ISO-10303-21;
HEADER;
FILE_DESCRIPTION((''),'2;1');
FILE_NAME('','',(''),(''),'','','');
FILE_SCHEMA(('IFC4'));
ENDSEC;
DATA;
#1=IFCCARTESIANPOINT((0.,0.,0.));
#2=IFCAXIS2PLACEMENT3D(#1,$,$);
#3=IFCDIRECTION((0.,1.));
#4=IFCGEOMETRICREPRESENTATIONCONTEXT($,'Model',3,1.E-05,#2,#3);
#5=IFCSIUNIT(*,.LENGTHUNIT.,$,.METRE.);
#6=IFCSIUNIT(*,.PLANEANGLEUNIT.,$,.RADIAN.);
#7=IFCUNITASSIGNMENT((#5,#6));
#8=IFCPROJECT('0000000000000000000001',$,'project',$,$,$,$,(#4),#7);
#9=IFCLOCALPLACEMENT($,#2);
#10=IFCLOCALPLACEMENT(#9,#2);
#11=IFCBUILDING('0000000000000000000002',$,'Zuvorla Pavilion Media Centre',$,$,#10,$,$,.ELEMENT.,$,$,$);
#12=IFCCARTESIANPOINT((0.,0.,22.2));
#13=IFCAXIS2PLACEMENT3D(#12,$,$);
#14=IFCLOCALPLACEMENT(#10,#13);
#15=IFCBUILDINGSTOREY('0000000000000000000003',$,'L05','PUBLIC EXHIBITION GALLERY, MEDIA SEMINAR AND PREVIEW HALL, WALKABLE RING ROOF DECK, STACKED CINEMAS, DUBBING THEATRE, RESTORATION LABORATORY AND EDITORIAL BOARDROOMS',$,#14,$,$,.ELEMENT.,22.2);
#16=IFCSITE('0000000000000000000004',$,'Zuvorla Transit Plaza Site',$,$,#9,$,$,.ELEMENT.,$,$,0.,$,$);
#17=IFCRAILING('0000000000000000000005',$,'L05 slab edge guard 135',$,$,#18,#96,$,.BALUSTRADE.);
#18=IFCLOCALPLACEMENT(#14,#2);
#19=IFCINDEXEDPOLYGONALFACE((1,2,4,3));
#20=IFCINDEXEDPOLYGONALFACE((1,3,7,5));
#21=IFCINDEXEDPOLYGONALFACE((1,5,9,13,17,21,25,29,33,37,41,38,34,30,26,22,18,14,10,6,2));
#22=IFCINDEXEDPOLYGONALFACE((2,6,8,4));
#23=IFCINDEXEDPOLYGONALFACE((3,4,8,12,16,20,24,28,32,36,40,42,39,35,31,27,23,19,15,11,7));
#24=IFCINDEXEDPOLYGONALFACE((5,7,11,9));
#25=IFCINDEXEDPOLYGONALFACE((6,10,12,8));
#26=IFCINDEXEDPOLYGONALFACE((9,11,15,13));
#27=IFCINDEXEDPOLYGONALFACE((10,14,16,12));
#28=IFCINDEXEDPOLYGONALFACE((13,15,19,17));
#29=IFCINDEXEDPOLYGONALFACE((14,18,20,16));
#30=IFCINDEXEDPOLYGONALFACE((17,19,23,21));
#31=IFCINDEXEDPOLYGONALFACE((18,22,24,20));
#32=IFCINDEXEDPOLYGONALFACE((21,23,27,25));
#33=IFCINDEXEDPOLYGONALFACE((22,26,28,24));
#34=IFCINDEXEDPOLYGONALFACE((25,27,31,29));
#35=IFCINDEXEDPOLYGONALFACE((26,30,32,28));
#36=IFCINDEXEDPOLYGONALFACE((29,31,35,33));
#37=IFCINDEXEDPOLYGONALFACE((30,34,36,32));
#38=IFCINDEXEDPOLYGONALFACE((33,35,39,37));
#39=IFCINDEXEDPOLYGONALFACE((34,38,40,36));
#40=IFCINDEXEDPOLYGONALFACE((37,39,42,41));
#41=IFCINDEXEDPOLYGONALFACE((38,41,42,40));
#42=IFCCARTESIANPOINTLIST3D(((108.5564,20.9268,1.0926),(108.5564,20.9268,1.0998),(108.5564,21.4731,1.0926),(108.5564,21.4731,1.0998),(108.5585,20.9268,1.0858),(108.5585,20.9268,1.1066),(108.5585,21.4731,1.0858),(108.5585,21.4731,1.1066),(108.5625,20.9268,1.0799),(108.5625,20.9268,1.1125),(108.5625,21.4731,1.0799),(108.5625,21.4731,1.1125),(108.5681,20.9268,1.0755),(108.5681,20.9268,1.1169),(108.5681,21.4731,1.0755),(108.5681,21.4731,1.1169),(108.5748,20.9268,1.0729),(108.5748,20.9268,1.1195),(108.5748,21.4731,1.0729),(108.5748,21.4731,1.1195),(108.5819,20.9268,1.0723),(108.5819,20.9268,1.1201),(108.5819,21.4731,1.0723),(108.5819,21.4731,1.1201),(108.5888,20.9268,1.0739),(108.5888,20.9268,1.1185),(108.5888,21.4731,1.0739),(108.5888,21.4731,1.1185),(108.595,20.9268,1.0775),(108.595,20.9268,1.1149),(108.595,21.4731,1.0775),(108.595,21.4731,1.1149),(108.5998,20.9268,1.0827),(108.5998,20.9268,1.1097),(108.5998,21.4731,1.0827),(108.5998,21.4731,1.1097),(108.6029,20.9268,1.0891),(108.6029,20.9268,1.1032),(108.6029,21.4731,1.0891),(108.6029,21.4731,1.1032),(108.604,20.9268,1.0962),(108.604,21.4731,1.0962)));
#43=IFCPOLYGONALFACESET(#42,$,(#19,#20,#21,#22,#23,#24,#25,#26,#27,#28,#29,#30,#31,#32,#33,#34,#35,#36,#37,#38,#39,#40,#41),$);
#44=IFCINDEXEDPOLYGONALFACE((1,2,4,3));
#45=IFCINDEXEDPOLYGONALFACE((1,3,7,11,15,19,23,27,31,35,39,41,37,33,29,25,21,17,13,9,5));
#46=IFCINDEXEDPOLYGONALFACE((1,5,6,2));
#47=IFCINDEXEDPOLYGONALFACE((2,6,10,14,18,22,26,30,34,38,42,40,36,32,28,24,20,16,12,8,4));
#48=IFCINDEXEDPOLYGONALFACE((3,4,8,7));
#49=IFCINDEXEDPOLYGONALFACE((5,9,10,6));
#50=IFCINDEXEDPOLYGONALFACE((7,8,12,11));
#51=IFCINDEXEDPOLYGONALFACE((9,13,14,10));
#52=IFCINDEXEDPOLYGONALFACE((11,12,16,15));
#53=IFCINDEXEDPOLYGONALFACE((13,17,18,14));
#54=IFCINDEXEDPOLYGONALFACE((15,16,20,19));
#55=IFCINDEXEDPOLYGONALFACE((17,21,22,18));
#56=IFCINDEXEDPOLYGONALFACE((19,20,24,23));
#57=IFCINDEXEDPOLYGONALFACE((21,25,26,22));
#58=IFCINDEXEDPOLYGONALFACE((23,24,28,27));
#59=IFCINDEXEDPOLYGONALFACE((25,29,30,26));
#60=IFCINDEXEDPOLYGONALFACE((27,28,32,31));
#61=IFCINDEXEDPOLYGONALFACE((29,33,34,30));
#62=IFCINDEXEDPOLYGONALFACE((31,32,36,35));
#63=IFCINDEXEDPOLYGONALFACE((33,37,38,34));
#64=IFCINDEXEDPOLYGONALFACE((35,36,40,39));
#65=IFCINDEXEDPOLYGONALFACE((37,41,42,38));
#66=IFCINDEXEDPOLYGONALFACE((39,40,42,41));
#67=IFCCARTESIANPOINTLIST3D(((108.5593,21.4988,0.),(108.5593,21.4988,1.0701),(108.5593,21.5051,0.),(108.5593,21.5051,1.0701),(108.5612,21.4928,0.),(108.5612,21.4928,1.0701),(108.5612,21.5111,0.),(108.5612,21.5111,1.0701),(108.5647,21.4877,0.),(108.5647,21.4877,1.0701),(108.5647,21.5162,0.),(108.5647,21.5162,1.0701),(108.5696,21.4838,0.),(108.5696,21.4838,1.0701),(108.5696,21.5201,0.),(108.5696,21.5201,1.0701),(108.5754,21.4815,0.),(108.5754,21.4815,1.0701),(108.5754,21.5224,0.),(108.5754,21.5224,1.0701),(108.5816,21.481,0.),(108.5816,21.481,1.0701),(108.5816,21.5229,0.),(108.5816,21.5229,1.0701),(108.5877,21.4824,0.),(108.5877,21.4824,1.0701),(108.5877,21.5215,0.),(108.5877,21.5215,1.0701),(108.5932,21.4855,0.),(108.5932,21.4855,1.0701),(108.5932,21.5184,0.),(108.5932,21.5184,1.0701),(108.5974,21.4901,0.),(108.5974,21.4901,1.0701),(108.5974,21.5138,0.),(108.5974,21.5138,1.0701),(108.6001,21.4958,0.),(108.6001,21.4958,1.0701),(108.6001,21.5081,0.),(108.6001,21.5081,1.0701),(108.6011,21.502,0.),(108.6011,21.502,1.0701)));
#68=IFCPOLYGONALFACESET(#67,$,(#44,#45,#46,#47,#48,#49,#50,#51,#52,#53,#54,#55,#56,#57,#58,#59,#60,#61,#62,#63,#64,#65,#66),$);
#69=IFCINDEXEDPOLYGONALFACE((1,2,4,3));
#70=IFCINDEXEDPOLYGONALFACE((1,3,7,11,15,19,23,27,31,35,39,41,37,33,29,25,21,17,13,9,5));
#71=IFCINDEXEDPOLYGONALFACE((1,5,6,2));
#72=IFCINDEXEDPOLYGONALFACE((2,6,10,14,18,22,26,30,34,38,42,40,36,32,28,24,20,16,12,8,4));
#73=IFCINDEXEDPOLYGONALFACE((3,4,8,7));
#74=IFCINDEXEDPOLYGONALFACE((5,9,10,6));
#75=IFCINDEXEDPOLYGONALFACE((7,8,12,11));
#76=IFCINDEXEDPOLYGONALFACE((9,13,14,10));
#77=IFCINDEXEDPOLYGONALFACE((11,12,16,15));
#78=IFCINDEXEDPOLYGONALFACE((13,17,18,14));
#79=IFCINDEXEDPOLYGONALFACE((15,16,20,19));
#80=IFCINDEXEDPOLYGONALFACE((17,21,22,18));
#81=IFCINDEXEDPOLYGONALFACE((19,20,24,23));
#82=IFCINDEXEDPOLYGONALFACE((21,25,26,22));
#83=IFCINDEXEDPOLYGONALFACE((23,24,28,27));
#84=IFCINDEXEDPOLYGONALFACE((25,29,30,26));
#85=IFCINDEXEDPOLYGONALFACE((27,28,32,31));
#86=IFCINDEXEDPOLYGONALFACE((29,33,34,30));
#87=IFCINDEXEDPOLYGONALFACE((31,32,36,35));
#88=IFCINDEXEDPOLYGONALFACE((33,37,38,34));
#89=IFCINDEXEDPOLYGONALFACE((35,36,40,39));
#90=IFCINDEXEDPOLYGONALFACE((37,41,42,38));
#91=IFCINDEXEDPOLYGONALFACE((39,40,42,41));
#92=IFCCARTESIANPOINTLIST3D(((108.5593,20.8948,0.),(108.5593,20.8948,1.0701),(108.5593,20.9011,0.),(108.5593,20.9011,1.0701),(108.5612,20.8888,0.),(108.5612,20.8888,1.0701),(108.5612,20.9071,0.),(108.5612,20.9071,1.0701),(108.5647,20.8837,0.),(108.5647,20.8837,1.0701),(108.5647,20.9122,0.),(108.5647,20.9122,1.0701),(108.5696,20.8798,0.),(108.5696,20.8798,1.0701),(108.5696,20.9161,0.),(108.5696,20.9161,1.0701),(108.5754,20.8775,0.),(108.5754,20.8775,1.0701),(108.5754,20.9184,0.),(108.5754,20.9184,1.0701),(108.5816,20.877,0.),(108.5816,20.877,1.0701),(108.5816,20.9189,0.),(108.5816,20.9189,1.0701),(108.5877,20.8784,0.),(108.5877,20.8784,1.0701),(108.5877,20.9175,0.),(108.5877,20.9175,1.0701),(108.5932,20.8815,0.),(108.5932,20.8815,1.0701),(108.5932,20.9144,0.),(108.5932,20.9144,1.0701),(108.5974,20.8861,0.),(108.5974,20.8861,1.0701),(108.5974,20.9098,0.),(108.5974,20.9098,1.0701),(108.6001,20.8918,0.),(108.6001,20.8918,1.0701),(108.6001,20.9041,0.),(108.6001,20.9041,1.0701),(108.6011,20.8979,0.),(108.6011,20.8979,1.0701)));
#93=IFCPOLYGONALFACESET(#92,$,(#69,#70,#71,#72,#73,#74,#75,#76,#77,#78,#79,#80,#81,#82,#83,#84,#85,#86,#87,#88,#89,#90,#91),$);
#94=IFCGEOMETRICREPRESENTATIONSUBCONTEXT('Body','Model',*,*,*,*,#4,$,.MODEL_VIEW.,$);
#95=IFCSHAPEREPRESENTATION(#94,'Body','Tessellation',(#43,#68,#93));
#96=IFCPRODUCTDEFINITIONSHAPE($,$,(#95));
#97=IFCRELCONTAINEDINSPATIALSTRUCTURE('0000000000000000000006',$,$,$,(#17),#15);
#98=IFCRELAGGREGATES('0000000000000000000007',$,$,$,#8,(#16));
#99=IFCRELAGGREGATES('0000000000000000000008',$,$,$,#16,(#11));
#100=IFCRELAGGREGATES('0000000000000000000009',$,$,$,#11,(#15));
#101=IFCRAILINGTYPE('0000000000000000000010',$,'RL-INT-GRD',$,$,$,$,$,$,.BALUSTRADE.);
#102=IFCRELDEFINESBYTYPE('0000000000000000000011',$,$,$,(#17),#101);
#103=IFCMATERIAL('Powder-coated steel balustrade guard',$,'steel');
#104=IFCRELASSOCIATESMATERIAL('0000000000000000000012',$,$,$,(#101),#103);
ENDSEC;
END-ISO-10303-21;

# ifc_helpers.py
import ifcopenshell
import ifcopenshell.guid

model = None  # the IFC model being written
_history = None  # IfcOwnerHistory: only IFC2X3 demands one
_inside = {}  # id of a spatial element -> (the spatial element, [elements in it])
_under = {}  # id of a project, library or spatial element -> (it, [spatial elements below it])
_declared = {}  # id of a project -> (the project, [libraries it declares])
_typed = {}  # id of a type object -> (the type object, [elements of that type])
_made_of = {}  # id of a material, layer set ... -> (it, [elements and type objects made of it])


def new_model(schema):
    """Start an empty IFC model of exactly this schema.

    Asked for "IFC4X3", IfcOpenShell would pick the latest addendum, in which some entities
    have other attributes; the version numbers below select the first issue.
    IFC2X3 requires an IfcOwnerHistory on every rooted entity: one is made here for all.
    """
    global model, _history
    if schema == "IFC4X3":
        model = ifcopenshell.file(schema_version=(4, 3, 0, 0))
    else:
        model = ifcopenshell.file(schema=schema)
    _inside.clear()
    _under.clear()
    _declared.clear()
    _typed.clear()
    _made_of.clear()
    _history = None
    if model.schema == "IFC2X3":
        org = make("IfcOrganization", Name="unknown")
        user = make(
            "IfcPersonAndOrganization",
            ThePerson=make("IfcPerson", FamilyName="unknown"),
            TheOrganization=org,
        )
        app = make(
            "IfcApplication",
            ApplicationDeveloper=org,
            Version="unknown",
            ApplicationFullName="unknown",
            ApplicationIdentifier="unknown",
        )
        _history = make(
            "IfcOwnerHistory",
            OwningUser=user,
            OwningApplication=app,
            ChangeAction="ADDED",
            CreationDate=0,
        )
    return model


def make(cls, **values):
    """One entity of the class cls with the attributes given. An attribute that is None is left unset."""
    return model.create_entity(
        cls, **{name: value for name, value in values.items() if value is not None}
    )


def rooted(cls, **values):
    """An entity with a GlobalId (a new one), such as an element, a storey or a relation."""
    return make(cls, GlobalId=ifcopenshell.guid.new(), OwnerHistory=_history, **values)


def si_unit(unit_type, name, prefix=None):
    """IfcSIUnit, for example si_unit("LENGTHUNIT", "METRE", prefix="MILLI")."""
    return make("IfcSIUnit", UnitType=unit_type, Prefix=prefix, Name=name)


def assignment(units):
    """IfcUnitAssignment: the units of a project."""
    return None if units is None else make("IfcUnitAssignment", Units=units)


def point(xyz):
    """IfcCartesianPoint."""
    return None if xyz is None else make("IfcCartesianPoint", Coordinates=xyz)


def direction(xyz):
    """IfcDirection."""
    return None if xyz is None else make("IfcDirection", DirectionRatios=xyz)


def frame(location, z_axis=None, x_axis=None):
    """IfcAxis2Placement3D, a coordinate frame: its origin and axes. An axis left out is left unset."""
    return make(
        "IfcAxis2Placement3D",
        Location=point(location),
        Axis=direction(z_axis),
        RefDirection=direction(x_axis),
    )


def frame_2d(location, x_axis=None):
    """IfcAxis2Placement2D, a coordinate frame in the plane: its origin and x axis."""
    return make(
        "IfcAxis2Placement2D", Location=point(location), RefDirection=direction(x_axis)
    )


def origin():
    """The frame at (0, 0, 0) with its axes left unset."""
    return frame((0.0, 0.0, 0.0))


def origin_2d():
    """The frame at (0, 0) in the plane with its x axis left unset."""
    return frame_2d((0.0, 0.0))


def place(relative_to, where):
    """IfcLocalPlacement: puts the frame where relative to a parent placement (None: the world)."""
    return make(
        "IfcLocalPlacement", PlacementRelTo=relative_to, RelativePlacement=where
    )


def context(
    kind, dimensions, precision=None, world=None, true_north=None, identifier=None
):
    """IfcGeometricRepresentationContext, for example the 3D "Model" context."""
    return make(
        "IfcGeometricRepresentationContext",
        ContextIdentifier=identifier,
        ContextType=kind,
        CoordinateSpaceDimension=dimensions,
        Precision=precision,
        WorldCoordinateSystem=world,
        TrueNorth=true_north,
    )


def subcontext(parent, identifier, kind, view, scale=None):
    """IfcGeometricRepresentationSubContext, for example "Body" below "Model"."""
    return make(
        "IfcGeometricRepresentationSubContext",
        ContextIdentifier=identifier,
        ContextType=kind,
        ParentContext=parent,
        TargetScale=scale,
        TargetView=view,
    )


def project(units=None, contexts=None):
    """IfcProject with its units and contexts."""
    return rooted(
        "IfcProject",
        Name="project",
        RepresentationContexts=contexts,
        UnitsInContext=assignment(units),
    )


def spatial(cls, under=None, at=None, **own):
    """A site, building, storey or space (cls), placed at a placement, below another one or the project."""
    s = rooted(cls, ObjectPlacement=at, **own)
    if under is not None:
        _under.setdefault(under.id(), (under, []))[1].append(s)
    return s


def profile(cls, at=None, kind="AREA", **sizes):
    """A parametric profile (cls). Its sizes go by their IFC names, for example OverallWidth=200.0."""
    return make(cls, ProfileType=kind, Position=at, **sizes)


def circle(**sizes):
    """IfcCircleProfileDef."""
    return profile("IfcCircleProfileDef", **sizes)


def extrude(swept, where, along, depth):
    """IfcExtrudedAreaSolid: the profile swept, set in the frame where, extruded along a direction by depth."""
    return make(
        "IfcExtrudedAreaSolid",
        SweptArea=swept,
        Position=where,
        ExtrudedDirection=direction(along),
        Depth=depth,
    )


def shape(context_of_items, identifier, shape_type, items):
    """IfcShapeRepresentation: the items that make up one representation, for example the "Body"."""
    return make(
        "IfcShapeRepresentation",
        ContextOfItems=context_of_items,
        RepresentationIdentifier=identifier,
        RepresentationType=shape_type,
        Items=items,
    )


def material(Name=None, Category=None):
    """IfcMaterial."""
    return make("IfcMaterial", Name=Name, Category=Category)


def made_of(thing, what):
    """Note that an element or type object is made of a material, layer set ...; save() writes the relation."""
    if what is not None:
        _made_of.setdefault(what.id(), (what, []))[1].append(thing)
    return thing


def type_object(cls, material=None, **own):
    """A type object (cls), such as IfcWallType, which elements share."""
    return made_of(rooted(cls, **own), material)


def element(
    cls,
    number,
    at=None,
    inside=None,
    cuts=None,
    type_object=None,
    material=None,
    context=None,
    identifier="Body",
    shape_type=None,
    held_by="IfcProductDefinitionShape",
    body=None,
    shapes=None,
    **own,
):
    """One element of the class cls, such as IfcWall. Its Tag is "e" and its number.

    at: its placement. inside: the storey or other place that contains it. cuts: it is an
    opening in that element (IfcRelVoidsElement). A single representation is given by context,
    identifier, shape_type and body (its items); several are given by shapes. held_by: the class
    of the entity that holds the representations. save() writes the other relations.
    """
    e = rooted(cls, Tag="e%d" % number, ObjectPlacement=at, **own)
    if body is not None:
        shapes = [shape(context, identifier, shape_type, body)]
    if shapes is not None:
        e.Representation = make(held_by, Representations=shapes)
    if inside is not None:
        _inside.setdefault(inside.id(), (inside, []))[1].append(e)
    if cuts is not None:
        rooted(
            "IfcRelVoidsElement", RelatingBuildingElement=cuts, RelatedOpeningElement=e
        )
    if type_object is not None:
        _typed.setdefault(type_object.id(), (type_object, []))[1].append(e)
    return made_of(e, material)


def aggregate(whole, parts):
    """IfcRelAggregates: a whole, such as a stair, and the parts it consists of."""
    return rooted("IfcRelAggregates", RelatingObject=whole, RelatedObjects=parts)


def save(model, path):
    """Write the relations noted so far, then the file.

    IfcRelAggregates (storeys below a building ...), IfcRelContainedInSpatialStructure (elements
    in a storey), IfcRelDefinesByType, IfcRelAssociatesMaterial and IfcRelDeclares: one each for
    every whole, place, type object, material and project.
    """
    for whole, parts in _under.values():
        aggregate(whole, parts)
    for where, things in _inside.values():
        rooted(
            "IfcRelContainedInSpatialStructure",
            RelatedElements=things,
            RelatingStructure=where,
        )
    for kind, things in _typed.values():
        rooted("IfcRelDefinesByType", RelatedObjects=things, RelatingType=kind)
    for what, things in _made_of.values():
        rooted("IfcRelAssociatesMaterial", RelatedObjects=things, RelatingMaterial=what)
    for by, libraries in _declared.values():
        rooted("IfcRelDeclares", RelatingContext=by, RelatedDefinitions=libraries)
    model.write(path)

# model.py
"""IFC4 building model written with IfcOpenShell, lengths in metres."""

from ifc_helpers import new_model, si_unit, direction, frame, origin, origin_2d, place, context, subcontext, project, spatial, circle, extrude, material, type_object, element, save


model = new_model("IFC4")

# Units and contexts
model_context = context("Model", 3, precision=1e-05, world=origin(), true_north=direction((0.0, 1.0)))
body_context = subcontext(model_context, "Body", "Model", "MODEL_VIEW")
ifc_project = project(units=[si_unit("LENGTHUNIT", "METRE"), si_unit("PLANEANGLEUNIT", "RADIAN")], contexts=[model_context])

# Site, building, storey
site_placement = place(None, origin())
site = spatial("IfcSite", under=ifc_project, at=site_placement, Name="Zuvorla Transit Plaza Site", CompositionType="ELEMENT", RefElevation=0.0)
building_placement = place(site_placement, origin())
building = spatial("IfcBuilding", under=site, at=building_placement, Name="Zuvorla Pavilion Media Centre", CompositionType="ELEMENT")
storey_placement = place(building_placement, frame((0.0, 0.0, 22.2)))
storey = spatial("IfcBuildingStorey", under=building, at=storey_placement, Name="L05", Description="PUBLIC EXHIBITION GALLERY, MEDIA SEMINAR AND PREVIEW HALL, WALKABLE RING ROOF DECK, STACKED CINEMAS, DUBBING THEATRE, RESTORATION LABORATORY AND EDITORIAL BOARDROOMS", CompositionType="ELEMENT", Elevation=22.2)

# Railing
ifc_material_1 = material(Name="Powder-coated steel balustrade guard", Category="steel")
railing_type_1 = type_object("IfcRailingType", Name="RL-INT-GRD", PredefinedType="BALUSTRADE", material=ifc_material_1)
railing_1_placement = place(storey_placement, frame((108.5801, 21.502, 0.0)))
element("IfcRailing", 1, at=railing_1_placement, inside=storey, type_object=railing_type_1, Name="L05 slab edge guard 135", PredefinedType="BALUSTRADE", context=body_context, shape_type="SweptSolid", body=[
    extrude(circle(Radius=0.0239, at=origin_2d()), frame((0.0, -0.0288, 1.0962), z_axis=(0.0, -1.0, 0.0), x_axis=(1.0, 0.0, 0.0)), (0.0, 0.0, 1.0), 0.5464),
    extrude(circle(Radius=0.021, at=origin_2d()), origin(), (0.0, 0.0, 1.0), 1.0701),
    extrude(circle(Radius=0.021, at=origin_2d()), frame((0.0, -0.604, 0.0)), (0.0, 0.0, 1.0), 1.0701),
])

save(model, "model.ifc")
